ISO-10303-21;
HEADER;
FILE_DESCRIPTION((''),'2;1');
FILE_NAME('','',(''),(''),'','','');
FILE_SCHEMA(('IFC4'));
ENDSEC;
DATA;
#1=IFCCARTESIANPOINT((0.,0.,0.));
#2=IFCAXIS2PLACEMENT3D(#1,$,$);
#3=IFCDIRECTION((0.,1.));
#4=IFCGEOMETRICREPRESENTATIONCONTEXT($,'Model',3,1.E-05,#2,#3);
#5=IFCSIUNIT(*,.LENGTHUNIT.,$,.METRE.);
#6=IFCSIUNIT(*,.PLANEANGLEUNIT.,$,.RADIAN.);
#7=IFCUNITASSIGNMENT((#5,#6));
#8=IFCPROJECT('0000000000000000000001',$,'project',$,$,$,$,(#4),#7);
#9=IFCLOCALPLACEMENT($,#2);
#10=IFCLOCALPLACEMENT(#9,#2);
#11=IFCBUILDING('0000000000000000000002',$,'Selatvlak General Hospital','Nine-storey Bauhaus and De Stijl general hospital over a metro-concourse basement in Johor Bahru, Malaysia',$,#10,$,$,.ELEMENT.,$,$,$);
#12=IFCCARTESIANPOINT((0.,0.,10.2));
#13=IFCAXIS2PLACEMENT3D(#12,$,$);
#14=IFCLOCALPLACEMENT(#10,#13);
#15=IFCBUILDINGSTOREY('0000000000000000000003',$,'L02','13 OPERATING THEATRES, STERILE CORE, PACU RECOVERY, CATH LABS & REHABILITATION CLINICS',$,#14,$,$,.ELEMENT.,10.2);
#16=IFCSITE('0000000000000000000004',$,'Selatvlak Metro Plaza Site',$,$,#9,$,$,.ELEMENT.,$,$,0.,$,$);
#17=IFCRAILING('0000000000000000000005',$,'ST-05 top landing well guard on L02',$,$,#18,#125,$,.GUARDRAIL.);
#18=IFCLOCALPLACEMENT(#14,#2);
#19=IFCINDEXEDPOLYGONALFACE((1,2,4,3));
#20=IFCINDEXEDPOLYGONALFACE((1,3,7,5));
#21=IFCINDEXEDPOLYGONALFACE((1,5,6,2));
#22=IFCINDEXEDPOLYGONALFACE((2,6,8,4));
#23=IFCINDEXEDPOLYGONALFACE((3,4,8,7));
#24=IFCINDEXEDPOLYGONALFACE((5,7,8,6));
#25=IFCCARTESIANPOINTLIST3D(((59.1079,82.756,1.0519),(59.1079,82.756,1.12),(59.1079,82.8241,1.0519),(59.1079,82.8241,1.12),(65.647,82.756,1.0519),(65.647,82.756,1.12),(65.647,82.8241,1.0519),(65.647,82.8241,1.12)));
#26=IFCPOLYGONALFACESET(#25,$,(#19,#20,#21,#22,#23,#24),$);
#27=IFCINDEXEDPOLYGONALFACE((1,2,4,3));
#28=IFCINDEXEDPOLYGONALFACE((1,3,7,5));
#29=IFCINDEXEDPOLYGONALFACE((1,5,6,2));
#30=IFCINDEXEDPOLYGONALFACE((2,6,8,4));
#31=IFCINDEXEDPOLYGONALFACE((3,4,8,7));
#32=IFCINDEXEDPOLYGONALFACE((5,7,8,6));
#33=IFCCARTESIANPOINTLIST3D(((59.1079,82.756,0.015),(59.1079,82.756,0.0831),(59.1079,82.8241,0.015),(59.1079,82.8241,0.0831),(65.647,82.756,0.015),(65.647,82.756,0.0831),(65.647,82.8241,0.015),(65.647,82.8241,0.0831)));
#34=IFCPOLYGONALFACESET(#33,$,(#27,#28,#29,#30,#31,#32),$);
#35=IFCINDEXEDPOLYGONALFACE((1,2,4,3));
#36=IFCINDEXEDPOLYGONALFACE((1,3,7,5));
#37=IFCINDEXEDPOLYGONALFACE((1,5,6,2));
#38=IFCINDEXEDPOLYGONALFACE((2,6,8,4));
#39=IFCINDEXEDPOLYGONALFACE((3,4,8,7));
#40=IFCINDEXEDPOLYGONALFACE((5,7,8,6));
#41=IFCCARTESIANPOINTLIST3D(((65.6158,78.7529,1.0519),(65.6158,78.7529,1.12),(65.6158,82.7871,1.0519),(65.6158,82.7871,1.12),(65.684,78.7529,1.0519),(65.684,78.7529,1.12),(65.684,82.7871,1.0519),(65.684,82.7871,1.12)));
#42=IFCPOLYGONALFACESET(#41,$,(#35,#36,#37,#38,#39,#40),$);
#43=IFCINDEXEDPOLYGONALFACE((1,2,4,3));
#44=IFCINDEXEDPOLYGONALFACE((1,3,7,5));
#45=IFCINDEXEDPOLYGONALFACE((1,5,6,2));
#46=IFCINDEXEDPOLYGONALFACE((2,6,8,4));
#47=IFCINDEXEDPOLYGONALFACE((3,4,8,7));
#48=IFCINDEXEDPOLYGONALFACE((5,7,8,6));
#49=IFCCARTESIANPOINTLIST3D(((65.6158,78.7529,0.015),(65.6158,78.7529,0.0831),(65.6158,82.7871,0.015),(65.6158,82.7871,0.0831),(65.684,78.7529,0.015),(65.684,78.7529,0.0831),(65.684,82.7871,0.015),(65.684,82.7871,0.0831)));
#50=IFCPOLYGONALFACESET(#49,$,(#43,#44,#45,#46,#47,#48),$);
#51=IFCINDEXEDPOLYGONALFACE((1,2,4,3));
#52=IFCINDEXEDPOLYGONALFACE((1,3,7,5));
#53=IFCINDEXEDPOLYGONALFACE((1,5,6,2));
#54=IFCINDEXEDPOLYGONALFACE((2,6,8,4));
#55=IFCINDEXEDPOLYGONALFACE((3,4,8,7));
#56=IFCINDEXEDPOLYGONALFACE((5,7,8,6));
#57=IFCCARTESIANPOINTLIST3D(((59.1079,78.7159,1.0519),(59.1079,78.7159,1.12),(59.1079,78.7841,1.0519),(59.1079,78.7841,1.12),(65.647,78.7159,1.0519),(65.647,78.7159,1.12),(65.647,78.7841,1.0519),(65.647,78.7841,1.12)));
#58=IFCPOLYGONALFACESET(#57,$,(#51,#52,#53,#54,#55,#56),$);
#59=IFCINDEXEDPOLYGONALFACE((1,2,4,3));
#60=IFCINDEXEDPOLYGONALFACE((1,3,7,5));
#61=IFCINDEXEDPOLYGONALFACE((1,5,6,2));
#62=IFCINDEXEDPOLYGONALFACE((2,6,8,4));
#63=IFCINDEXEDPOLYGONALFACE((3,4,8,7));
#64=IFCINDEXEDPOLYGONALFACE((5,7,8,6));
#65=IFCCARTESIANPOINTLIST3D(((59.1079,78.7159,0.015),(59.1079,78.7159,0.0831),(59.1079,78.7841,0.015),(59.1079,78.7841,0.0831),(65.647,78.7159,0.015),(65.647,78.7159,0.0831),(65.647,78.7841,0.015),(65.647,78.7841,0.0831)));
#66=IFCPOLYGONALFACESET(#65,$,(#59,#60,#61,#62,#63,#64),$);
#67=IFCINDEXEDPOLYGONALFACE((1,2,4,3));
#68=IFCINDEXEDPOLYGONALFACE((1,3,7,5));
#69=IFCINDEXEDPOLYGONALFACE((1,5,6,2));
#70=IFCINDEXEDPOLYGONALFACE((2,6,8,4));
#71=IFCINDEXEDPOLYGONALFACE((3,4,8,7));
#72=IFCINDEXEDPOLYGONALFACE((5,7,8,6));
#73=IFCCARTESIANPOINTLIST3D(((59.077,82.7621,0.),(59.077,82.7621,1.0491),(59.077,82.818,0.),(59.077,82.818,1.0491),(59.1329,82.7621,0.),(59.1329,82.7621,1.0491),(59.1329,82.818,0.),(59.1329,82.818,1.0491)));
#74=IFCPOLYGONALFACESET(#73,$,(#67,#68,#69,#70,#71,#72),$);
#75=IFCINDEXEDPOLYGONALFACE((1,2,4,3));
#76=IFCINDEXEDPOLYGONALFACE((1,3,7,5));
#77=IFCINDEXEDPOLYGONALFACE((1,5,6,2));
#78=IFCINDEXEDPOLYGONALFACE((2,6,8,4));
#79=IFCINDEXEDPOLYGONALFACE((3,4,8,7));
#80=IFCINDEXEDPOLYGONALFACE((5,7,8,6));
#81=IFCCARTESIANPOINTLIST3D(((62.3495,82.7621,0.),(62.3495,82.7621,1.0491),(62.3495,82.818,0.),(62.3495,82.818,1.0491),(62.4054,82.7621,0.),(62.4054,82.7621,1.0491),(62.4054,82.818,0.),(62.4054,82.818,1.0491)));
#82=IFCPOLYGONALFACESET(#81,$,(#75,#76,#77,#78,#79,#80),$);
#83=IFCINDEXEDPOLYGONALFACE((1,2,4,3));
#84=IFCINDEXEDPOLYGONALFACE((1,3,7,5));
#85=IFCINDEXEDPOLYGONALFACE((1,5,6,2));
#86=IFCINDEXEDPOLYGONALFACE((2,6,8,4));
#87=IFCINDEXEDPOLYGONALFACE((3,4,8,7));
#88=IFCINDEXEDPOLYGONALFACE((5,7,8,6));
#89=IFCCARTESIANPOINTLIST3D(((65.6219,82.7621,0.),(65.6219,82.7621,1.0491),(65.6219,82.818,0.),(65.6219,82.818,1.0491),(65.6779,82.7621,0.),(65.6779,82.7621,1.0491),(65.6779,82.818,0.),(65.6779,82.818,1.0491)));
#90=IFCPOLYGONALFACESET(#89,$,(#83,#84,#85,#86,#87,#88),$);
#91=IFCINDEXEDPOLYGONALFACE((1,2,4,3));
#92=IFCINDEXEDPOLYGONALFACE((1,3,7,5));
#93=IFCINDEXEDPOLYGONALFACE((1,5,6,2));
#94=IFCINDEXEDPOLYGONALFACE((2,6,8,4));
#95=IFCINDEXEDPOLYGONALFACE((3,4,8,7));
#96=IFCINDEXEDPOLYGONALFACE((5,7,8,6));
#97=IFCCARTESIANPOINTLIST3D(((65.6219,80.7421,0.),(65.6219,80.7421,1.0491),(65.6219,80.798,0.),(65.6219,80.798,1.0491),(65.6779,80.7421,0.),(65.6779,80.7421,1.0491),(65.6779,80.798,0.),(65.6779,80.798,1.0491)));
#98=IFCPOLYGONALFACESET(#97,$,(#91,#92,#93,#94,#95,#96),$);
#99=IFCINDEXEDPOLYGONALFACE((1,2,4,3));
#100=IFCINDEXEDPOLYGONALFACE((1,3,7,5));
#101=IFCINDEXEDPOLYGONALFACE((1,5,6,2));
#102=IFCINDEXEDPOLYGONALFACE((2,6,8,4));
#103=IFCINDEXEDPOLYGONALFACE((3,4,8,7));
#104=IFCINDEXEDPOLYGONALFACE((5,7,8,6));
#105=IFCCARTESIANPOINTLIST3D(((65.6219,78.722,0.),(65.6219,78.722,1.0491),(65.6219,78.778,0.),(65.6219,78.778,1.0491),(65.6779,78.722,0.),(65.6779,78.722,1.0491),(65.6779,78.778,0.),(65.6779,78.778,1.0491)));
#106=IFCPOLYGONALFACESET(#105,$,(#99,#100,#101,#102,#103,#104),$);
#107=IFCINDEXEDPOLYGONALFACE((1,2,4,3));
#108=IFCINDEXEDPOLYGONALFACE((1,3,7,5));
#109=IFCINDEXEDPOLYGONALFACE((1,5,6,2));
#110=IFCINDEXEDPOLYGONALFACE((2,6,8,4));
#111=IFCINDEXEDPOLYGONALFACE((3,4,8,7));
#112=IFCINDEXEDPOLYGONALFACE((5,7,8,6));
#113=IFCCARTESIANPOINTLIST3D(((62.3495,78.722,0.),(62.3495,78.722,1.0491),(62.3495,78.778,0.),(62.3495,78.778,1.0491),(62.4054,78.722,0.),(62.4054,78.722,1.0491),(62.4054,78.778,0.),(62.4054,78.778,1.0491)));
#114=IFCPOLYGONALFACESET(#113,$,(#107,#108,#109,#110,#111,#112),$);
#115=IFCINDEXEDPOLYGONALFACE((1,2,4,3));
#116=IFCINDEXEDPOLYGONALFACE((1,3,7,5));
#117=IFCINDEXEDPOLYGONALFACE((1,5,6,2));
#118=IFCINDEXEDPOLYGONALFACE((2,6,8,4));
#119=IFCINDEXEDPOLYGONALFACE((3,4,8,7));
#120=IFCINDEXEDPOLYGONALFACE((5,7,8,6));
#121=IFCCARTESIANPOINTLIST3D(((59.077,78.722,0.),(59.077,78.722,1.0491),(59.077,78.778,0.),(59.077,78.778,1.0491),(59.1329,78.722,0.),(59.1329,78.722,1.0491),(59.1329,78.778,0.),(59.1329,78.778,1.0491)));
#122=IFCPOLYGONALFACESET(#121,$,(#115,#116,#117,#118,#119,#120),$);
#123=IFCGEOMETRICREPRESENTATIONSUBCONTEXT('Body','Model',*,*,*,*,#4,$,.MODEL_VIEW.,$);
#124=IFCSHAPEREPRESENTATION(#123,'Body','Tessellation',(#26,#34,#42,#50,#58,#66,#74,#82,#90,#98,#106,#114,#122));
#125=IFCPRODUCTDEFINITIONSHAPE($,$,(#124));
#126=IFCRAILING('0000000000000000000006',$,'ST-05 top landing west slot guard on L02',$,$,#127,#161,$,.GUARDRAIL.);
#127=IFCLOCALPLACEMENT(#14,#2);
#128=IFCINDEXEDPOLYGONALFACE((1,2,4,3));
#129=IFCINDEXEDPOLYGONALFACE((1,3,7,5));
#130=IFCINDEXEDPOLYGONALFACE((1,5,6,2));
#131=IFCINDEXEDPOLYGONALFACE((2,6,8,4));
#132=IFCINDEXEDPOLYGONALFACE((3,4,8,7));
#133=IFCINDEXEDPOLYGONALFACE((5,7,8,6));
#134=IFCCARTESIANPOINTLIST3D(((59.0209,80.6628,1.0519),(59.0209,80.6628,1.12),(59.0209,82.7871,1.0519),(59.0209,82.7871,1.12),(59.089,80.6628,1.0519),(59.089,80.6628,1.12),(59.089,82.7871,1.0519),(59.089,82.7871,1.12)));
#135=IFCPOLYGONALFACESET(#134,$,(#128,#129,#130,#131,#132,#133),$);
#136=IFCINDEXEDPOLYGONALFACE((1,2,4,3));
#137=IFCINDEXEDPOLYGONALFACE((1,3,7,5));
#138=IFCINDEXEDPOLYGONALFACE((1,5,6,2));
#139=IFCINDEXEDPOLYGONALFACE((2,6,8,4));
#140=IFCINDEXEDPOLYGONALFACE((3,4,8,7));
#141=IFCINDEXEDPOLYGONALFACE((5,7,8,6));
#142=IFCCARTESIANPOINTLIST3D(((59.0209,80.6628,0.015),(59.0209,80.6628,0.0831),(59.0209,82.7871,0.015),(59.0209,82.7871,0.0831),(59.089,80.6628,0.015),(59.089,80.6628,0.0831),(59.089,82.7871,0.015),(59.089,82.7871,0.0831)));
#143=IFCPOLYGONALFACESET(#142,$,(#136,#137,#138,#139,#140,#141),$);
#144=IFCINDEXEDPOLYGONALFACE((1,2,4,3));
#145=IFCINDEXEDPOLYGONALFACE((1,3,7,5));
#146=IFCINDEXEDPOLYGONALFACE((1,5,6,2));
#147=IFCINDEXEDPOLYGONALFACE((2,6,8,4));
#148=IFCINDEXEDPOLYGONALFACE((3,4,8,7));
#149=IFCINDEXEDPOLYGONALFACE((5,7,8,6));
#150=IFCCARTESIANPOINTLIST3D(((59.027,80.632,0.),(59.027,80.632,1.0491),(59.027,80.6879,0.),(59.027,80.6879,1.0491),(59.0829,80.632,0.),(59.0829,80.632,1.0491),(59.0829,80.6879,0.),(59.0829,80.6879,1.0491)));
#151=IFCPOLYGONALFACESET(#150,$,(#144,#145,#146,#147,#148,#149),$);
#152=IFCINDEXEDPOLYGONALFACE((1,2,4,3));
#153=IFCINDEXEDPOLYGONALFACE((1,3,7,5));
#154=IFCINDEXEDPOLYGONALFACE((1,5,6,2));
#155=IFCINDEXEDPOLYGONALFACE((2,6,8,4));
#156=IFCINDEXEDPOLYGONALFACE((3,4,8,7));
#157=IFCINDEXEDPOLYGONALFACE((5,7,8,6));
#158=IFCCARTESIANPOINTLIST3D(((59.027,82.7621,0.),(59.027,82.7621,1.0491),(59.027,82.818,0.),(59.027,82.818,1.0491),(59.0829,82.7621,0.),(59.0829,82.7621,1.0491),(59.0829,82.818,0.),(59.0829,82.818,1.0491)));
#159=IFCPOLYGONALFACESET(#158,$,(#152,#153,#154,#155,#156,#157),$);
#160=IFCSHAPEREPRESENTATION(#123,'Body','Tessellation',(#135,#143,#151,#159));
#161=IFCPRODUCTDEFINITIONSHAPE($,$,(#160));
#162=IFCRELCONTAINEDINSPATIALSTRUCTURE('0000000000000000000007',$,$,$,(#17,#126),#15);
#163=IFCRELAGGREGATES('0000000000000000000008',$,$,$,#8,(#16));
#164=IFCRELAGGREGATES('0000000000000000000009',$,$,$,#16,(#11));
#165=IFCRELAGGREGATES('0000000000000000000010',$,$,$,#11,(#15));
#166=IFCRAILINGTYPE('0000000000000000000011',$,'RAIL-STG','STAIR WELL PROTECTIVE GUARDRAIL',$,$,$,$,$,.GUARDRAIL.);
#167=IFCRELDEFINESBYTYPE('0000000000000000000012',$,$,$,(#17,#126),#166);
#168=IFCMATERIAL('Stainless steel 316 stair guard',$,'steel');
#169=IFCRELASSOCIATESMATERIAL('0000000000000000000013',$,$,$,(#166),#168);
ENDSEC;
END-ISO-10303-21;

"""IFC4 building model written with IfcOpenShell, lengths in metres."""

from ifc_helpers import new_model, si_unit, direction, frame, origin, origin_2d, place, context, subcontext, project, spatial, rectangle, extrude, material, type_object, element, save


model = new_model("IFC4")

# Units and contexts
model_context = context("Model", 3, precision=1e-05, world=origin(), true_north=direction((0.0, 1.0)))
body_context = subcontext(model_context, "Body", "Model", "MODEL_VIEW")
ifc_project = project(units=[si_unit("LENGTHUNIT", "METRE"), si_unit("PLANEANGLEUNIT", "RADIAN")], contexts=[model_context])

# Site, building, storey
site_placement = place(None, origin())
site = spatial("IfcSite", under=ifc_project, at=site_placement, Name="Selatvlak Metro Plaza Site", CompositionType="ELEMENT", RefElevation=0.0)
building_placement = place(site_placement, origin())
building = spatial("IfcBuilding", under=site, at=building_placement, Name="Selatvlak General Hospital", Description="Nine-storey Bauhaus and De Stijl general hospital over a metro-concourse basement in Johor Bahru, Malaysia", CompositionType="ELEMENT")
storey_placement = place(building_placement, frame((0.0, 0.0, 10.2)))
storey = spatial("IfcBuildingStorey", under=building, at=storey_placement, Name="L02", Description="13 OPERATING THEATRES, STERILE CORE, PACU RECOVERY, CATH LABS & REHABILITATION CLINICS", CompositionType="ELEMENT", Elevation=10.2)

# Railings
ifc_material_1 = material(Name="Stainless steel 316 stair guard", Category="steel")
railing_type = type_object("IfcRailingType", Name="RAIL-STG", Description="STAIR WELL PROTECTIVE GUARDRAIL", PredefinedType="GUARDRAIL", material=ifc_material_1)
railing_1_placement = place(storey_placement, frame((59.105, 82.79, 0.0)))
element("IfcRailing", 1, at=railing_1_placement, inside=storey, type_object=railing_type, Name="ST-05 top landing well guard on L02", PredefinedType="GUARDRAIL", context=body_context, shape_type="SweptSolid", body=[
    extrude(rectangle(XDim=0.0681, YDim=0.0681, at=origin_2d()), frame((0.0029, 0.0, 1.0859), z_axis=(1.0, 0.0, 0.0), x_axis=(0.0, 1.0, 0.0)), (0.0, 0.0, 1.0), 6.5391),
    extrude(rectangle(XDim=0.0681, YDim=0.0681, at=origin_2d()), frame((0.0029, 0.0, 0.0491), z_axis=(1.0, 0.0, 0.0), x_axis=(0.0, 1.0, 0.0)), (0.0, 0.0, 1.0), 6.5391),
    extrude(rectangle(XDim=0.0681, YDim=0.0681, at=origin_2d()), frame((6.5449, -0.0029, 1.0859), z_axis=(0.0, -1.0, 0.0), x_axis=(1.0, 0.0, 0.0)), (0.0, 0.0, 1.0), 4.0342),
    extrude(rectangle(XDim=0.0681, YDim=0.0681, at=origin_2d()), frame((6.5449, -0.0029, 0.0491), z_axis=(0.0, -1.0, 0.0), x_axis=(1.0, 0.0, 0.0)), (0.0, 0.0, 1.0), 4.0342),
    extrude(rectangle(XDim=0.0681, YDim=0.0681, at=origin_2d()), frame((6.542, -4.04, 1.0859), z_axis=(-1.0, 0.0, 0.0), x_axis=(0.0, -1.0, 0.0)), (0.0, 0.0, 1.0), 6.5391),
    extrude(rectangle(XDim=0.0681, YDim=0.0681, at=origin_2d()), frame((6.542, -4.04, 0.0491), z_axis=(-1.0, 0.0, 0.0), x_axis=(0.0, -1.0, 0.0)), (0.0, 0.0, 1.0), 6.5391),
    extrude(rectangle(XDim=0.0559, YDim=0.0559, at=origin_2d()), origin(), (0.0, 0.0, 1.0), 1.0491),
    extrude(rectangle(XDim=0.0559, YDim=0.0559, at=origin_2d()), frame((3.2725, 0.0, 0.0)), (0.0, 0.0, 1.0), 1.0491),
    extrude(rectangle(XDim=0.0559, YDim=0.0559, at=origin_2d()), frame((6.5449, 0.0, 0.0)), (0.0, 0.0, 1.0), 1.0491),
    extrude(rectangle(XDim=0.0559, YDim=0.0559, at=origin_2d()), frame((6.5449, -2.02, 0.0)), (0.0, 0.0, 1.0), 1.0491),
    extrude(rectangle(XDim=0.0559, YDim=0.0559, at=origin_2d()), frame((6.5449, -4.04, 0.0)), (0.0, 0.0, 1.0), 1.0491),
    extrude(rectangle(XDim=0.0559, YDim=0.0559, at=origin_2d()), frame((3.2725, -4.04, 0.0)), (0.0, 0.0, 1.0), 1.0491),
    extrude(rectangle(XDim=0.0559, YDim=0.0559, at=origin_2d()), frame((0.0, -4.04, 0.0)), (0.0, 0.0, 1.0), 1.0491),
])
railing_2_placement = place(storey_placement, frame((59.0549, 80.6599, 0.0)))
element("IfcRailing", 2, at=railing_2_placement, inside=storey, type_object=railing_type, Name="ST-05 top landing west slot guard on L02", PredefinedType="GUARDRAIL", context=body_context, shape_type="SweptSolid", body=[
    extrude(rectangle(XDim=0.0681, YDim=0.0681, at=origin_2d()), frame((0.0, 0.0029, 1.0859), z_axis=(0.0, 1.0, 0.0), x_axis=(-1.0, 0.0, 0.0)), (0.0, 0.0, 1.0), 2.1243),
    extrude(rectangle(XDim=0.0681, YDim=0.0681, at=origin_2d()), frame((0.0, 0.0029, 0.0491), z_axis=(0.0, 1.0, 0.0), x_axis=(-1.0, 0.0, 0.0)), (0.0, 0.0, 1.0), 2.1243),
    extrude(rectangle(XDim=0.0559, YDim=0.0559, at=origin_2d()), origin(), (0.0, 0.0, 1.0), 1.0491),
    extrude(rectangle(XDim=0.0559, YDim=0.0559, at=origin_2d()), frame((0.0, 2.1301, 0.0)), (0.0, 0.0, 1.0), 1.0491),
])

save(model, "model.ifc")
